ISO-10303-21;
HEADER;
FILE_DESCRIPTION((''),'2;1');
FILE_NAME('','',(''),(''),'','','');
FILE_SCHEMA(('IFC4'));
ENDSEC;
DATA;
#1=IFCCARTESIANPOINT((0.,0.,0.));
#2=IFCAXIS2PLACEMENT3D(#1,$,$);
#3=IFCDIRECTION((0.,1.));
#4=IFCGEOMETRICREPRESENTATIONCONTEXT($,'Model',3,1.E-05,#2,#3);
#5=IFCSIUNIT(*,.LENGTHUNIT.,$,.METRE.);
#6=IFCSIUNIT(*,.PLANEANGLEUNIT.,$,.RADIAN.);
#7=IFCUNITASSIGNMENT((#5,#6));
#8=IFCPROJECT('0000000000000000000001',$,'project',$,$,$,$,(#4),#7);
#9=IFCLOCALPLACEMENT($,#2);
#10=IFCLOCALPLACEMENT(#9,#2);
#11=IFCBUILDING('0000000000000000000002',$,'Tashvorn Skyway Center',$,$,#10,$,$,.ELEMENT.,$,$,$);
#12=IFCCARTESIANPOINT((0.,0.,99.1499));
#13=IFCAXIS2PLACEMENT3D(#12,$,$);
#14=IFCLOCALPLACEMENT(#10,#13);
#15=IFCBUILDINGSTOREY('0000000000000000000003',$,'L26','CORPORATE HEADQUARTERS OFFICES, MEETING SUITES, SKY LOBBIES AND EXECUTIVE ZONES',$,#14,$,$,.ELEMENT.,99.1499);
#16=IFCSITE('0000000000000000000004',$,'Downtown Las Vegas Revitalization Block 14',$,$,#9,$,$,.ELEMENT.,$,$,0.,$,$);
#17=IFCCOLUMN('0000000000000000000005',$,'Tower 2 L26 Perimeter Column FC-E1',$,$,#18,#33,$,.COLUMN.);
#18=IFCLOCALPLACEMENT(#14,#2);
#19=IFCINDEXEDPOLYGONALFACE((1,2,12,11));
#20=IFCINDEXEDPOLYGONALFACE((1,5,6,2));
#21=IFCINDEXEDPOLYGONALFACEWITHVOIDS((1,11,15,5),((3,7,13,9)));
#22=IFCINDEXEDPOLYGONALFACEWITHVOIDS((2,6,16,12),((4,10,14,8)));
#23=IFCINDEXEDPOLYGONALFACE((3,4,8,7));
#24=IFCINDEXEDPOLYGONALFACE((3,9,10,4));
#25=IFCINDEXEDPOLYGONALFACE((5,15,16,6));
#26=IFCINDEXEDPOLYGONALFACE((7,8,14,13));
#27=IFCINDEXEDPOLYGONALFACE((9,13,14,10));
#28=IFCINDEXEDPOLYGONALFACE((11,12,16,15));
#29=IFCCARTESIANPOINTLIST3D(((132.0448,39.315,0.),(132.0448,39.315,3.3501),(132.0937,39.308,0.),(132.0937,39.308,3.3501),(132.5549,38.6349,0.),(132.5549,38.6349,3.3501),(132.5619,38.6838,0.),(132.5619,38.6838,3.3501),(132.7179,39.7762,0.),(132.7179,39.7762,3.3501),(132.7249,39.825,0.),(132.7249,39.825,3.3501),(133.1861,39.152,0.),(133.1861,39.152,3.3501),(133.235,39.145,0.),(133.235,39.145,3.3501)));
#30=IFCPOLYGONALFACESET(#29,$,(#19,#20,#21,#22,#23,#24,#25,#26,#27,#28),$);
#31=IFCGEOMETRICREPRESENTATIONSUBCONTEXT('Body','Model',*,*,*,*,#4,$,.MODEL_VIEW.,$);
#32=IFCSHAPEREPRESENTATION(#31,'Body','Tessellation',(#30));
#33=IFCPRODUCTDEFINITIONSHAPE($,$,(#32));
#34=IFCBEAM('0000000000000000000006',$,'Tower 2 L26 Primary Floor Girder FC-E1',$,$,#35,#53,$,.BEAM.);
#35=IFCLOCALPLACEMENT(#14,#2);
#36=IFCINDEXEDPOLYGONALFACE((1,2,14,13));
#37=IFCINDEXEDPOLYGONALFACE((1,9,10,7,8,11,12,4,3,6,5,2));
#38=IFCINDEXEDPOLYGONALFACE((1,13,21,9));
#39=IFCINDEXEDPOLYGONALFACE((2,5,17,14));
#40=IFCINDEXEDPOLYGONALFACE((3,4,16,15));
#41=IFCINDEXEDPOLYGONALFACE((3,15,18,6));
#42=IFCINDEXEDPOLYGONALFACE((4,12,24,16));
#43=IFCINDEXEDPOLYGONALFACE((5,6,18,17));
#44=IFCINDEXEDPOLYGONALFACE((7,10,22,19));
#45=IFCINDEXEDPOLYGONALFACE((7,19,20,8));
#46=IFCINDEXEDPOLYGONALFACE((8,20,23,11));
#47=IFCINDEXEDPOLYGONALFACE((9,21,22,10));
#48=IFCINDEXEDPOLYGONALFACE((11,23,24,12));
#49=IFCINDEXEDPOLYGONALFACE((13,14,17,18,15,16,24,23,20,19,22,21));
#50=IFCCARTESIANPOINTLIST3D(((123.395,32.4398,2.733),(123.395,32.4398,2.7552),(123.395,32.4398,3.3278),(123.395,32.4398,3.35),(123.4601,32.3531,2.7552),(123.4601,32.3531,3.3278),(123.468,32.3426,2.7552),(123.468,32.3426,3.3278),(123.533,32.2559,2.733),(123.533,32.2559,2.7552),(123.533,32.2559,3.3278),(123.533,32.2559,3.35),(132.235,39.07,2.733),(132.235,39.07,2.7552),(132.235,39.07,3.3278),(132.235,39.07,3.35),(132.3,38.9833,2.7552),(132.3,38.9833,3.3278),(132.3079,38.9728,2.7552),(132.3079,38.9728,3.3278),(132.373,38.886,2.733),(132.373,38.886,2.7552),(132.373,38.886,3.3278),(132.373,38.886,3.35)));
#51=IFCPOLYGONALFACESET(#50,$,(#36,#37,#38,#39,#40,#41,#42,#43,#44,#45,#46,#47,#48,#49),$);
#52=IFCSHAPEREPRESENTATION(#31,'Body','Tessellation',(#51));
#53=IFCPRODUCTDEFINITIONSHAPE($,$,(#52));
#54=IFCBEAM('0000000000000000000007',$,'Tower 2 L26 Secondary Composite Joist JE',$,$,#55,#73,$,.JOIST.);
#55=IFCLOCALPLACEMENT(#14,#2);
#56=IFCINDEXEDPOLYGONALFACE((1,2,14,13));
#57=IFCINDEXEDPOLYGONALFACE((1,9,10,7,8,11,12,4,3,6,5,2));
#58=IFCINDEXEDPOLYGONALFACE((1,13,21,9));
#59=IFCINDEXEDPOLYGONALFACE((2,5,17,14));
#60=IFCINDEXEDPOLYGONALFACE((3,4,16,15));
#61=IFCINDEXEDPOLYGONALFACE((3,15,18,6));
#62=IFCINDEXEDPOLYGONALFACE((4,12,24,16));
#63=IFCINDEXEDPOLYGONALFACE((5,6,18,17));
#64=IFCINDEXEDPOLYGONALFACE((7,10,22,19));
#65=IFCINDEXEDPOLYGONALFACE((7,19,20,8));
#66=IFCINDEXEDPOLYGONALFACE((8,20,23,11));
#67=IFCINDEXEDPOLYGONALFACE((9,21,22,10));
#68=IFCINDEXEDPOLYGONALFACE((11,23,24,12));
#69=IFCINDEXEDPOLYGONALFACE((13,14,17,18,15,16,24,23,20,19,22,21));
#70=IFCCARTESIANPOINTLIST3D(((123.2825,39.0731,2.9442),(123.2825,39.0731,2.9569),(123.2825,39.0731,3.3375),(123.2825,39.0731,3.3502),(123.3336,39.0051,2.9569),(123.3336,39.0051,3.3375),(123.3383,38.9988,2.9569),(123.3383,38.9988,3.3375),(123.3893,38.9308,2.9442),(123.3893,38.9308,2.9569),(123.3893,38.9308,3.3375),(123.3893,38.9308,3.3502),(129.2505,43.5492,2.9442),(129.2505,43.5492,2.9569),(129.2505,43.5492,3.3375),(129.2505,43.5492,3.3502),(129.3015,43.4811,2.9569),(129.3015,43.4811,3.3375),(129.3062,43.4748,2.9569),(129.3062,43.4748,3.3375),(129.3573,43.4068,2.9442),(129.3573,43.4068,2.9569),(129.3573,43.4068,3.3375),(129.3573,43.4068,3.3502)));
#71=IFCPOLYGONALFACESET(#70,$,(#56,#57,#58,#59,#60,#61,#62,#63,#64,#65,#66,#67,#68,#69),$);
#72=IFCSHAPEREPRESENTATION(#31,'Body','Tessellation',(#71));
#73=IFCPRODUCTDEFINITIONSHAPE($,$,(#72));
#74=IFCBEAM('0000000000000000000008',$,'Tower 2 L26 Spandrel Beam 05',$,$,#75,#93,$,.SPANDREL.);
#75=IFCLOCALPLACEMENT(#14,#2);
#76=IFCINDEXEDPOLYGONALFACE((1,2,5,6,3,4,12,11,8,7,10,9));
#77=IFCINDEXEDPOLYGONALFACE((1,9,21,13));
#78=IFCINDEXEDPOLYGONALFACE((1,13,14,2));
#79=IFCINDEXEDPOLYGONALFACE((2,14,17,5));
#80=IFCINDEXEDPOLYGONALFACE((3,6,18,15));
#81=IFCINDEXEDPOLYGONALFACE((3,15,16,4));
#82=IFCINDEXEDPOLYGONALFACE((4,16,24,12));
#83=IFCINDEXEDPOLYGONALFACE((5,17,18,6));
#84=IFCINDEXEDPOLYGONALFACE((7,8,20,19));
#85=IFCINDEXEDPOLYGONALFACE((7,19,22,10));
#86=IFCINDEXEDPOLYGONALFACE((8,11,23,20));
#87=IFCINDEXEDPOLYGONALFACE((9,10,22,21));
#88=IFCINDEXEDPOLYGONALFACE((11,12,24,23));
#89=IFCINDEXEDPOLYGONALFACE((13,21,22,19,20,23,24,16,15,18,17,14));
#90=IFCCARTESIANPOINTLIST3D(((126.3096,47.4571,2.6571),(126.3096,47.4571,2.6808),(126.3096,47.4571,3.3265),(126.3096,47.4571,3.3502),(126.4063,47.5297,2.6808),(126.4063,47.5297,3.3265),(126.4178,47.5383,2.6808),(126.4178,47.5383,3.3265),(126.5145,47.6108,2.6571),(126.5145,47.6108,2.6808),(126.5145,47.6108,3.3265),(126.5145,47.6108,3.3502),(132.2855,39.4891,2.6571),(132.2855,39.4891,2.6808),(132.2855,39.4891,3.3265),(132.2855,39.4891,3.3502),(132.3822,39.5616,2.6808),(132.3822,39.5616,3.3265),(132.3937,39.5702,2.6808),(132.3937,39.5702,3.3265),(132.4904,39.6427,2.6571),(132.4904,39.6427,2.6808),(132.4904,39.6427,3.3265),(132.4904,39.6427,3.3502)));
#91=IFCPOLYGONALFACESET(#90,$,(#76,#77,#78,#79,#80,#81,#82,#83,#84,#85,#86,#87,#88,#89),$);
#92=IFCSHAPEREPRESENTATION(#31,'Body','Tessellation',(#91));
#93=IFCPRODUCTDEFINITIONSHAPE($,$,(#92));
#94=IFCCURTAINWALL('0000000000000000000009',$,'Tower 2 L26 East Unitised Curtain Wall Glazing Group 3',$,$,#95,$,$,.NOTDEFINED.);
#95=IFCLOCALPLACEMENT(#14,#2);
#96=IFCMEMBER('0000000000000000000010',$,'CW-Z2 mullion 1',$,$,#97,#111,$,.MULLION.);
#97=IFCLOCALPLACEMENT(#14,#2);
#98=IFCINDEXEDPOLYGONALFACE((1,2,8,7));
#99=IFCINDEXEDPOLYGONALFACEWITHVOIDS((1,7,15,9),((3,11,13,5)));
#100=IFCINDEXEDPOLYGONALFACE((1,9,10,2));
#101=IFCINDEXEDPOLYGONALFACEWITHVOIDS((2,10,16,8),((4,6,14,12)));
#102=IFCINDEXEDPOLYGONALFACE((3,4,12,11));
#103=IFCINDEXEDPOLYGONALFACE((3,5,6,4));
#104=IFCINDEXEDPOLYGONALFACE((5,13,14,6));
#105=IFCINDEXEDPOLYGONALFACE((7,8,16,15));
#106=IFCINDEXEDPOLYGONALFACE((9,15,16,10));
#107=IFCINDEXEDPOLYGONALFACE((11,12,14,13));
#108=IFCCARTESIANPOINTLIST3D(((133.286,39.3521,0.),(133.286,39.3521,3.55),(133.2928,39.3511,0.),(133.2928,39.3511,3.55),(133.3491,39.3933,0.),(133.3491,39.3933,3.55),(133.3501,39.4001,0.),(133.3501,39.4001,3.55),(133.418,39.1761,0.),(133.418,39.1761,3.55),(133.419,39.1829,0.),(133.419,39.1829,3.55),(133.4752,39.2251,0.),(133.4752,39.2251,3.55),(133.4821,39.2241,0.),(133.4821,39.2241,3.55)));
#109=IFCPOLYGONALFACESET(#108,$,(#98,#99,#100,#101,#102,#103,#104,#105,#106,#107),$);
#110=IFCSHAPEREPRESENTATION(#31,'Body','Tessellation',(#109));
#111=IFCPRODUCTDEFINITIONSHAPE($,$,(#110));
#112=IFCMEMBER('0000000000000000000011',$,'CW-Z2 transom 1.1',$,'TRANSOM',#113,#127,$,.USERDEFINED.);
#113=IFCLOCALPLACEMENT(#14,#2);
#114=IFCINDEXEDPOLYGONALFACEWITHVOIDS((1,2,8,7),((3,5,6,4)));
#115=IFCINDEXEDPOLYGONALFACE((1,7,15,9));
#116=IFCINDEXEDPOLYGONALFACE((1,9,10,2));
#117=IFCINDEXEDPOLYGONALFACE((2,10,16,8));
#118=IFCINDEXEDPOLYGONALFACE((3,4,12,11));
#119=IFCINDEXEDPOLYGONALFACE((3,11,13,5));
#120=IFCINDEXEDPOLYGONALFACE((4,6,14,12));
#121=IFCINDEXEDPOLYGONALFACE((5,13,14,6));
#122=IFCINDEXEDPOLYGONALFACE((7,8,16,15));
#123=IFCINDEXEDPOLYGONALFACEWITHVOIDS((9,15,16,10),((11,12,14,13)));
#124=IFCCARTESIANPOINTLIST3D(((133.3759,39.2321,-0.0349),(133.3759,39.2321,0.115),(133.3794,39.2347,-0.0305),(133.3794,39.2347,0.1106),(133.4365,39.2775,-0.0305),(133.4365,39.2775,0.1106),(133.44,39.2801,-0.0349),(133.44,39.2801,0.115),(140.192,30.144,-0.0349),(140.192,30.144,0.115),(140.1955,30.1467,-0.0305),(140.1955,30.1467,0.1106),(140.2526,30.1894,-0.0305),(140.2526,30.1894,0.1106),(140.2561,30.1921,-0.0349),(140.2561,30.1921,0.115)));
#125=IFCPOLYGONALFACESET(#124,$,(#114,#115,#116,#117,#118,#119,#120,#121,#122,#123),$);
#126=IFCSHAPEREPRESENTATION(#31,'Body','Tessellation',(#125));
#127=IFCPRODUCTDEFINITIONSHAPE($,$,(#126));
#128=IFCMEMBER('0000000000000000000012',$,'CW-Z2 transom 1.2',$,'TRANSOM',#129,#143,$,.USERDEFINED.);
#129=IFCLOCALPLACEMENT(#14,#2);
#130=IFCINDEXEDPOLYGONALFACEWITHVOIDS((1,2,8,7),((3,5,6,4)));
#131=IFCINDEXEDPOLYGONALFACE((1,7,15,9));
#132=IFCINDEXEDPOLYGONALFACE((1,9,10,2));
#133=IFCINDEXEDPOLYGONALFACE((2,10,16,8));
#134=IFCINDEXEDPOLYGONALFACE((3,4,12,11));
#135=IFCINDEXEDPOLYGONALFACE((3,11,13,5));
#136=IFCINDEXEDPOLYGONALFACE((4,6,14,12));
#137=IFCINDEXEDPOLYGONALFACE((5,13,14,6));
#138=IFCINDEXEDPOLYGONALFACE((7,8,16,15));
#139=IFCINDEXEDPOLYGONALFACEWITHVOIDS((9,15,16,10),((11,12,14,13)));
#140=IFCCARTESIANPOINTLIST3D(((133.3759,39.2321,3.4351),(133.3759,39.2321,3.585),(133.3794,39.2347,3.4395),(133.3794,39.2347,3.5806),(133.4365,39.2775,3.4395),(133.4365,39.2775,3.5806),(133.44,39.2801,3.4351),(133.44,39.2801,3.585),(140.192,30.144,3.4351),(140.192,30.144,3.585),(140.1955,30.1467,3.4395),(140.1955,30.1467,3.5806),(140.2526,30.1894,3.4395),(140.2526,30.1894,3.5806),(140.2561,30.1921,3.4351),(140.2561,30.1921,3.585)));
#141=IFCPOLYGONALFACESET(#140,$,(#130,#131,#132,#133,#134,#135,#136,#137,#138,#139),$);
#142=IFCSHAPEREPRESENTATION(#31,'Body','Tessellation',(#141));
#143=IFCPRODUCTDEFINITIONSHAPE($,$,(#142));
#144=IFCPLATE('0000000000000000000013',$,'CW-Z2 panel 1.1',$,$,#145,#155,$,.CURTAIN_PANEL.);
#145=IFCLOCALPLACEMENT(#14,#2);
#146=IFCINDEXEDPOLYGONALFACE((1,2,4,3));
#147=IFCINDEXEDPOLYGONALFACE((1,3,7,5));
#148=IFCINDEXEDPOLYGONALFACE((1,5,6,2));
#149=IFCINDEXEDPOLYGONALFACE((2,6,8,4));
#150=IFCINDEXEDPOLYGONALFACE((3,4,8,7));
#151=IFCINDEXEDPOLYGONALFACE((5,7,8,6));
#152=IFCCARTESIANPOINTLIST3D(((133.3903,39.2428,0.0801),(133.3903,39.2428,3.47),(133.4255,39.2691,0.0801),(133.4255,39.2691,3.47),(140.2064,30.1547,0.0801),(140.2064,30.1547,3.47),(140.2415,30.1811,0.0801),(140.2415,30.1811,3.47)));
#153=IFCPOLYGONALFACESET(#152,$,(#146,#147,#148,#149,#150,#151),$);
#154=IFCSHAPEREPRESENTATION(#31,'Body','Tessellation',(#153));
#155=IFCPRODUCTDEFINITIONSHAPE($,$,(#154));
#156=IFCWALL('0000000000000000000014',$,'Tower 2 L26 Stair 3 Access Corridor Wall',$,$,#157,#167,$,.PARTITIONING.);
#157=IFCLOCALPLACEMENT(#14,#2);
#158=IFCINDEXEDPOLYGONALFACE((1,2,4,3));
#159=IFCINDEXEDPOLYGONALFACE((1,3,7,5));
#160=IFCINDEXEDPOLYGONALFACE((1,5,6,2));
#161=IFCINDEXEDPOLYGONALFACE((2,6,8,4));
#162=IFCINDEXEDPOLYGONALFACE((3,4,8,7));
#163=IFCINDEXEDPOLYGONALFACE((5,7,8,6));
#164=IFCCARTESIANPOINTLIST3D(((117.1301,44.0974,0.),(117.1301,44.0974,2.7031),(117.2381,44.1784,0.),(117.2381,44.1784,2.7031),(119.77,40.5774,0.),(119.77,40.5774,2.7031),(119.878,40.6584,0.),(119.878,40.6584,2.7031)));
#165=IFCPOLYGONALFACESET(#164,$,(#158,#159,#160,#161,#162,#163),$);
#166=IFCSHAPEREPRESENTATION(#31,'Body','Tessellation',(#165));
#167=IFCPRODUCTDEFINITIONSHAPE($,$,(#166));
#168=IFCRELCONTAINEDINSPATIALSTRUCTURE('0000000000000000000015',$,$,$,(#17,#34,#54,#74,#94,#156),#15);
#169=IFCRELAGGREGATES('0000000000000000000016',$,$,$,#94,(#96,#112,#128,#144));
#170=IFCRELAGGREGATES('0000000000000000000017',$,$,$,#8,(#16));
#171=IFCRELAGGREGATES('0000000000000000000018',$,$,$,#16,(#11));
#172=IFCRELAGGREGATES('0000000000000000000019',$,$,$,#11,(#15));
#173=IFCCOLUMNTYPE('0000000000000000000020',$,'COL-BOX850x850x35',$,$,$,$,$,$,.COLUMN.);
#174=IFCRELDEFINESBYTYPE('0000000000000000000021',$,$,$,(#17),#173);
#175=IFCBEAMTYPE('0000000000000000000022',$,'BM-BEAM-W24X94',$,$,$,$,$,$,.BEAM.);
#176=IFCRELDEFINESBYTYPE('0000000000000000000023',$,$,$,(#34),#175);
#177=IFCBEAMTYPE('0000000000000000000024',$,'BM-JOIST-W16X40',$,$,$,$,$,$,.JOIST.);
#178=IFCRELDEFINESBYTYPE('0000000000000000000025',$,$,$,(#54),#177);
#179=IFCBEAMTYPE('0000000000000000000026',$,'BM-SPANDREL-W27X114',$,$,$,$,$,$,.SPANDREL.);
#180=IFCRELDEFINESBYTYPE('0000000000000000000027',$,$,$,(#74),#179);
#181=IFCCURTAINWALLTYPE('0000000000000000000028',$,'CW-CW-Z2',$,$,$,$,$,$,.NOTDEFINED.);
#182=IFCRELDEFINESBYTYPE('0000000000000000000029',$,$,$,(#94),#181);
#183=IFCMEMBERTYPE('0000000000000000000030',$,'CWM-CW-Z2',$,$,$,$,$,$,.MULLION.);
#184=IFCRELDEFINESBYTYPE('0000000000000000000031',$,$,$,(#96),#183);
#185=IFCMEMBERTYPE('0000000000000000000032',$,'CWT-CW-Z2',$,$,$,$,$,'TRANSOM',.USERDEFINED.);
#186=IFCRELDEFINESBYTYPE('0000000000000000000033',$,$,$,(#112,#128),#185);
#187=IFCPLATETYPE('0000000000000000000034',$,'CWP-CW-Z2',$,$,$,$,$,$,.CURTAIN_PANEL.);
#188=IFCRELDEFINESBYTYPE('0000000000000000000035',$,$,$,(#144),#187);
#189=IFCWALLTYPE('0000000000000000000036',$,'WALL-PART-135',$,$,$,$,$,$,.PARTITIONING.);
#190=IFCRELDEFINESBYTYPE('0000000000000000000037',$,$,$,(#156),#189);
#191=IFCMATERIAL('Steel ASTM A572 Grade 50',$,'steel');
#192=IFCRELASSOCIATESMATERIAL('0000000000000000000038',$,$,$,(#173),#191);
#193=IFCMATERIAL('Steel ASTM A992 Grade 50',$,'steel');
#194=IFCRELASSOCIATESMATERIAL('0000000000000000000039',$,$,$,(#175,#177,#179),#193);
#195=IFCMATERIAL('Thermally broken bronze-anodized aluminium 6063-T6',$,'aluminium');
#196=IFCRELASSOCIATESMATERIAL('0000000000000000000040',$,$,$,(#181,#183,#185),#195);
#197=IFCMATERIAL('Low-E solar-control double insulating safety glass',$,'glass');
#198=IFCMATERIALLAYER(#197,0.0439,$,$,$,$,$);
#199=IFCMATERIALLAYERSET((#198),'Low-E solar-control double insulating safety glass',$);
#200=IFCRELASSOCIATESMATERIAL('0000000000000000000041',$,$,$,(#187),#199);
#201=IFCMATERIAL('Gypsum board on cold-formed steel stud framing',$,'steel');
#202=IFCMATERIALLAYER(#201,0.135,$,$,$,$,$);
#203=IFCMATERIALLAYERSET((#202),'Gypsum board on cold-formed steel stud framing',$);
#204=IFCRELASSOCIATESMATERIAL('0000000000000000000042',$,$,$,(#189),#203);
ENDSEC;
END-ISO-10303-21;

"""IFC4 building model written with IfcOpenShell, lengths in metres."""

from ifc_helpers import new_model, si_unit, direction, frame, frame_2d, origin, origin_2d, place, context, subcontext, project, spatial, rectangle, hollow_rectangle, i_section, extrude, material, layer, layer_set, material_profile, profile_set, type_object, element, aggregate, save


model = new_model("IFC4")

# Units and contexts
model_context = context("Model", 3, precision=1e-05, world=origin(), true_north=direction((0.0, 1.0)))
body_context = subcontext(model_context, "Body", "Model", "MODEL_VIEW")
ifc_project = project(units=[si_unit("LENGTHUNIT", "METRE"), si_unit("PLANEANGLEUNIT", "RADIAN")], contexts=[model_context])

# Site, building, storey
site_placement = place(None, origin())
site = spatial("IfcSite", under=ifc_project, at=site_placement, Name="Downtown Las Vegas Revitalization Block 14", CompositionType="ELEMENT", RefElevation=0.0)
building_placement = place(site_placement, origin())
building = spatial("IfcBuilding", under=site, at=building_placement, Name="Tashvorn Skyway Center", CompositionType="ELEMENT")
storey_placement = place(building_placement, frame((0.0, 0.0, 99.1499)))
storey = spatial("IfcBuildingStorey", under=building, at=storey_placement, Name="L26", Description="CORPORATE HEADQUARTERS OFFICES, MEETING SUITES, SKY LOBBIES AND EXECUTIVE ZONES", CompositionType="ELEMENT", Elevation=99.1499)

# Column
ifc_material_1 = material(Name="Steel ASTM A572 Grade 50", Category="steel")
ifc_material_profile_1 = material_profile(ifc_material_1, hollow_rectangle(XDim=0.8501, YDim=0.8501, WallThickness=0.0349, at=origin_2d()), Name="BOX850x850x35")
ifc_profile_set_1 = profile_set([ifc_material_profile_1], Name="Steel ASTM A572 Grade 50")
column_type = type_object("IfcColumnType", Name="COL-BOX850x850x35", PredefinedType="COLUMN", material=ifc_profile_set_1)
column_placement = place(storey_placement, frame((132.6399, 39.23, 0.0), z_axis=(0.0, 0.0, 1.0), x_axis=(0.8, 0.6, 0.0)))
element("IfcColumn", 1, at=column_placement, inside=storey, type_object=column_type, Name="Tower 2 L26 Perimeter Column FC-E1", PredefinedType="COLUMN", context=body_context, shape_type="SweptSolid", body=[
    extrude(hollow_rectangle(XDim=0.8501, YDim=0.8501, WallThickness=0.0349, at=origin_2d()), origin(), (0.0, 0.0, 1.0), 3.3501),
])

# Beams
ifc_material_2 = material(Name="Steel ASTM A992 Grade 50", Category="steel")
ifc_material_profile_2 = material_profile(ifc_material_2, i_section(OverallWidth=0.23, OverallDepth=0.6169, WebThickness=0.0132, FlangeThickness=0.0222, at=origin_2d()), Name="W24X94")
ifc_profile_set_2 = profile_set([ifc_material_profile_2], Name="Steel ASTM A992 Grade 50")
beam_type_1 = type_object("IfcBeamType", Name="BM-BEAM-W24X94", PredefinedType="BEAM", material=ifc_profile_set_2)
beam_1_placement = place(storey_placement, frame((132.304, 38.978, 3.0415), z_axis=(-0.799989, -0.600014, 0.0), x_axis=(0.600014, -0.799989, 0.0)))
element("IfcBeam", 2, at=beam_1_placement, inside=storey, type_object=beam_type_1, Name="Tower 2 L26 Primary Floor Girder FC-E1", PredefinedType="BEAM", context=body_context, shape_type="SweptSolid", body=[
    extrude(i_section(OverallWidth=0.23, OverallDepth=0.6169, WebThickness=0.0132, FlangeThickness=0.0222, at=origin_2d()), origin(), (0.0, 0.0, 1.0), 11.05),
])
ifc_material_profile_3 = material_profile(ifc_material_2, i_section(OverallWidth=0.178, OverallDepth=0.406, WebThickness=0.0078, FlangeThickness=0.0127, at=origin_2d()), Name="W16X40")
ifc_profile_set_3 = profile_set([ifc_material_profile_3], Name="Steel ASTM A992 Grade 50")
beam_type_2 = type_object("IfcBeamType", Name="BM-JOIST-W16X40", PredefinedType="JOIST", material=ifc_profile_set_3)
beam_2_placement = place(storey_placement, frame((123.3359, 39.002, 3.1472), z_axis=(0.799996, 0.600005, 0.0), x_axis=(-0.600005, 0.799996, 0.0)))
element("IfcBeam", 3, at=beam_2_placement, inside=storey, type_object=beam_type_2, Name="Tower 2 L26 Secondary Composite Joist JE", PredefinedType="JOIST", context=body_context, shape_type="SweptSolid", body=[
    extrude(i_section(OverallWidth=0.178, OverallDepth=0.406, WebThickness=0.0078, FlangeThickness=0.0127, at=origin_2d()), origin(), (0.0, 0.0, 1.0), 7.46),
])
ifc_material_profile_4 = material_profile(ifc_material_2, i_section(OverallWidth=0.2561, OverallDepth=0.6931, WebThickness=0.0144, FlangeThickness=0.0237, at=origin_2d()), Name="W27X114")
ifc_profile_set_4 = profile_set([ifc_material_profile_4], Name="Steel ASTM A992 Grade 50")
beam_type_3 = type_object("IfcBeamType", Name="BM-SPANDREL-W27X114", PredefinedType="SPANDREL", material=ifc_profile_set_4)
beam_3_placement = place(storey_placement, frame((132.3879, 39.5659, 3.0037), z_axis=(-0.599988, 0.800009, 0.0), x_axis=(-0.800009, -0.599988, 0.0)))
element("IfcBeam", 4, at=beam_3_placement, inside=storey, type_object=beam_type_3, Name="Tower 2 L26 Spandrel Beam 05", PredefinedType="SPANDREL", context=body_context, shape_type="SweptSolid", body=[
    extrude(i_section(OverallWidth=0.2561, OverallDepth=0.6931, WebThickness=0.0144, FlangeThickness=0.0237, at=origin_2d()), origin(), (0.0, 0.0, 1.0), 9.96),
])

# Curtain wall, members, plate
ifc_material_3 = material(Name="Thermally broken bronze-anodized aluminium 6063-T6", Category="aluminium")
curtain_wall_type = type_object("IfcCurtainWallType", Name="CW-CW-Z2", PredefinedType="NOTDEFINED", material=ifc_material_3)
curtain_wall_placement = place(storey_placement, origin())
curtain_wall = element("IfcCurtainWall", 5, at=curtain_wall_placement, inside=storey, type_object=curtain_wall_type, Name="Tower 2 L26 East Unitised Curtain Wall Glazing Group 3", PredefinedType="NOTDEFINED")
ifc_material_profile_5 = material_profile(ifc_material_3, hollow_rectangle(XDim=0.0801, YDim=0.22, WallThickness=0.0049, at=origin_2d()), Name="ALU-MULL-80x220")
ifc_profile_set_5 = profile_set([ifc_material_profile_5], Name="Thermally broken bronze-anodized aluminium 6063-T6")
member_type_1 = type_object("IfcMemberType", Name="CWM-CW-Z2", PredefinedType="MULLION", material=ifc_profile_set_5)
member_1_placement = place(storey_placement, frame((133.384, 39.2881, 0.0), z_axis=(0.0, 0.0, 1.0), x_axis=(0.8, 0.6, 0.0)))
member_1 = element("IfcMember", 6, at=member_1_placement, type_object=member_type_1, Name="CW-Z2 mullion 1", PredefinedType="MULLION", context=body_context, shape_type="SweptSolid", body=[
    extrude(hollow_rectangle(XDim=0.0801, YDim=0.22, WallThickness=0.0049, at=origin_2d()), origin(), (0.0, 0.0, 1.0), 3.55),
])
ifc_material_profile_6 = material_profile(ifc_material_3, hollow_rectangle(XDim=0.0801, YDim=0.1499, WallThickness=0.0044, at=origin_2d()), Name="ALU-TRAN-80x150")
ifc_profile_set_6 = profile_set([ifc_material_profile_6], Name="Thermally broken bronze-anodized aluminium 6063-T6")
member_type_2 = type_object("IfcMemberType", Name="CWT-CW-Z2", ElementType="TRANSOM", PredefinedType="USERDEFINED", material=ifc_profile_set_6)
member_2_placement = place(storey_placement, frame((133.408, 39.2561, 0.04), z_axis=(0.600003, -0.799997, 0.0), x_axis=(0.799997, 0.600003, 0.0)))
member_2 = element("IfcMember", 7, at=member_2_placement, type_object=member_type_2, Name="CW-Z2 transom 1.1", ObjectType="TRANSOM", PredefinedType="USERDEFINED", context=body_context, shape_type="SweptSolid", body=[
    extrude(hollow_rectangle(XDim=0.0801, YDim=0.1499, WallThickness=0.0044, at=origin_2d()), origin(), (0.0, 0.0, 1.0), 11.3601),
])
member_3_placement = place(storey_placement, frame((133.408, 39.2561, 3.51), z_axis=(0.600003, -0.799997, 0.0), x_axis=(0.799997, 0.600003, 0.0)))
member_3 = element("IfcMember", 8, at=member_3_placement, type_object=member_type_2, Name="CW-Z2 transom 1.2", ObjectType="TRANSOM", PredefinedType="USERDEFINED", context=body_context, shape_type="SweptSolid", body=[
    extrude(hollow_rectangle(XDim=0.0801, YDim=0.1499, WallThickness=0.0044, at=origin_2d()), origin(), (0.0, 0.0, 1.0), 11.3601),
])
ifc_material_4 = material(Name="Low-E solar-control double insulating safety glass", Category="glass")
ifc_layer_1 = layer(ifc_material_4, 0.0439)
ifc_layer_set_1 = layer_set([ifc_layer_1], Name="Low-E solar-control double insulating safety glass")
plate_type = type_object("IfcPlateType", Name="CWP-CW-Z2", PredefinedType="CURTAIN_PANEL", material=ifc_layer_set_1)
plate_placement = place(storey_placement, frame((136.8159, 34.7119, 0.0801), z_axis=(0.0, 0.0, 1.0), x_axis=(0.6, -0.8, 0.0)))
plate = element("IfcPlate", 9, at=plate_placement, type_object=plate_type, Name="CW-Z2 panel 1.1", PredefinedType="CURTAIN_PANEL", context=body_context, shape_type="SweptSolid", body=[
    extrude(rectangle(XDim=11.3601, YDim=0.0439, at=origin_2d()), origin(), (0.0, 0.0, 1.0), 3.3899),
])
aggregate(curtain_wall, [member_1, member_2, member_3, plate])

# Wall
ifc_material_5 = material(Name="Gypsum board on cold-formed steel stud framing", Category="steel")
ifc_layer_2 = layer(ifc_material_5, 0.135)
ifc_layer_set_2 = layer_set([ifc_layer_2], Name="Gypsum board on cold-formed steel stud framing")
wall_type_1 = type_object("IfcWallType", Name="WALL-PART-135", PredefinedType="PARTITIONING", material=ifc_layer_set_2)
wall_1_placement = place(storey_placement, frame((119.824, 40.6179, 0.0), z_axis=(0.0, 0.0, 1.0), x_axis=(-0.599982, 0.800013, 0.0)))
element("IfcWall", 10, at=wall_1_placement, inside=storey, type_object=wall_type_1, Name="Tower 2 L26 Stair 3 Access Corridor Wall", PredefinedType="PARTITIONING", context=body_context, shape_type="SweptSolid", body=[
    extrude(rectangle(XDim=4.3999, YDim=0.135, at=frame_2d((2.2, 0.0))), origin(), (0.0, 0.0, 1.0), 2.7031),
])

save(model, "model.ifc")
